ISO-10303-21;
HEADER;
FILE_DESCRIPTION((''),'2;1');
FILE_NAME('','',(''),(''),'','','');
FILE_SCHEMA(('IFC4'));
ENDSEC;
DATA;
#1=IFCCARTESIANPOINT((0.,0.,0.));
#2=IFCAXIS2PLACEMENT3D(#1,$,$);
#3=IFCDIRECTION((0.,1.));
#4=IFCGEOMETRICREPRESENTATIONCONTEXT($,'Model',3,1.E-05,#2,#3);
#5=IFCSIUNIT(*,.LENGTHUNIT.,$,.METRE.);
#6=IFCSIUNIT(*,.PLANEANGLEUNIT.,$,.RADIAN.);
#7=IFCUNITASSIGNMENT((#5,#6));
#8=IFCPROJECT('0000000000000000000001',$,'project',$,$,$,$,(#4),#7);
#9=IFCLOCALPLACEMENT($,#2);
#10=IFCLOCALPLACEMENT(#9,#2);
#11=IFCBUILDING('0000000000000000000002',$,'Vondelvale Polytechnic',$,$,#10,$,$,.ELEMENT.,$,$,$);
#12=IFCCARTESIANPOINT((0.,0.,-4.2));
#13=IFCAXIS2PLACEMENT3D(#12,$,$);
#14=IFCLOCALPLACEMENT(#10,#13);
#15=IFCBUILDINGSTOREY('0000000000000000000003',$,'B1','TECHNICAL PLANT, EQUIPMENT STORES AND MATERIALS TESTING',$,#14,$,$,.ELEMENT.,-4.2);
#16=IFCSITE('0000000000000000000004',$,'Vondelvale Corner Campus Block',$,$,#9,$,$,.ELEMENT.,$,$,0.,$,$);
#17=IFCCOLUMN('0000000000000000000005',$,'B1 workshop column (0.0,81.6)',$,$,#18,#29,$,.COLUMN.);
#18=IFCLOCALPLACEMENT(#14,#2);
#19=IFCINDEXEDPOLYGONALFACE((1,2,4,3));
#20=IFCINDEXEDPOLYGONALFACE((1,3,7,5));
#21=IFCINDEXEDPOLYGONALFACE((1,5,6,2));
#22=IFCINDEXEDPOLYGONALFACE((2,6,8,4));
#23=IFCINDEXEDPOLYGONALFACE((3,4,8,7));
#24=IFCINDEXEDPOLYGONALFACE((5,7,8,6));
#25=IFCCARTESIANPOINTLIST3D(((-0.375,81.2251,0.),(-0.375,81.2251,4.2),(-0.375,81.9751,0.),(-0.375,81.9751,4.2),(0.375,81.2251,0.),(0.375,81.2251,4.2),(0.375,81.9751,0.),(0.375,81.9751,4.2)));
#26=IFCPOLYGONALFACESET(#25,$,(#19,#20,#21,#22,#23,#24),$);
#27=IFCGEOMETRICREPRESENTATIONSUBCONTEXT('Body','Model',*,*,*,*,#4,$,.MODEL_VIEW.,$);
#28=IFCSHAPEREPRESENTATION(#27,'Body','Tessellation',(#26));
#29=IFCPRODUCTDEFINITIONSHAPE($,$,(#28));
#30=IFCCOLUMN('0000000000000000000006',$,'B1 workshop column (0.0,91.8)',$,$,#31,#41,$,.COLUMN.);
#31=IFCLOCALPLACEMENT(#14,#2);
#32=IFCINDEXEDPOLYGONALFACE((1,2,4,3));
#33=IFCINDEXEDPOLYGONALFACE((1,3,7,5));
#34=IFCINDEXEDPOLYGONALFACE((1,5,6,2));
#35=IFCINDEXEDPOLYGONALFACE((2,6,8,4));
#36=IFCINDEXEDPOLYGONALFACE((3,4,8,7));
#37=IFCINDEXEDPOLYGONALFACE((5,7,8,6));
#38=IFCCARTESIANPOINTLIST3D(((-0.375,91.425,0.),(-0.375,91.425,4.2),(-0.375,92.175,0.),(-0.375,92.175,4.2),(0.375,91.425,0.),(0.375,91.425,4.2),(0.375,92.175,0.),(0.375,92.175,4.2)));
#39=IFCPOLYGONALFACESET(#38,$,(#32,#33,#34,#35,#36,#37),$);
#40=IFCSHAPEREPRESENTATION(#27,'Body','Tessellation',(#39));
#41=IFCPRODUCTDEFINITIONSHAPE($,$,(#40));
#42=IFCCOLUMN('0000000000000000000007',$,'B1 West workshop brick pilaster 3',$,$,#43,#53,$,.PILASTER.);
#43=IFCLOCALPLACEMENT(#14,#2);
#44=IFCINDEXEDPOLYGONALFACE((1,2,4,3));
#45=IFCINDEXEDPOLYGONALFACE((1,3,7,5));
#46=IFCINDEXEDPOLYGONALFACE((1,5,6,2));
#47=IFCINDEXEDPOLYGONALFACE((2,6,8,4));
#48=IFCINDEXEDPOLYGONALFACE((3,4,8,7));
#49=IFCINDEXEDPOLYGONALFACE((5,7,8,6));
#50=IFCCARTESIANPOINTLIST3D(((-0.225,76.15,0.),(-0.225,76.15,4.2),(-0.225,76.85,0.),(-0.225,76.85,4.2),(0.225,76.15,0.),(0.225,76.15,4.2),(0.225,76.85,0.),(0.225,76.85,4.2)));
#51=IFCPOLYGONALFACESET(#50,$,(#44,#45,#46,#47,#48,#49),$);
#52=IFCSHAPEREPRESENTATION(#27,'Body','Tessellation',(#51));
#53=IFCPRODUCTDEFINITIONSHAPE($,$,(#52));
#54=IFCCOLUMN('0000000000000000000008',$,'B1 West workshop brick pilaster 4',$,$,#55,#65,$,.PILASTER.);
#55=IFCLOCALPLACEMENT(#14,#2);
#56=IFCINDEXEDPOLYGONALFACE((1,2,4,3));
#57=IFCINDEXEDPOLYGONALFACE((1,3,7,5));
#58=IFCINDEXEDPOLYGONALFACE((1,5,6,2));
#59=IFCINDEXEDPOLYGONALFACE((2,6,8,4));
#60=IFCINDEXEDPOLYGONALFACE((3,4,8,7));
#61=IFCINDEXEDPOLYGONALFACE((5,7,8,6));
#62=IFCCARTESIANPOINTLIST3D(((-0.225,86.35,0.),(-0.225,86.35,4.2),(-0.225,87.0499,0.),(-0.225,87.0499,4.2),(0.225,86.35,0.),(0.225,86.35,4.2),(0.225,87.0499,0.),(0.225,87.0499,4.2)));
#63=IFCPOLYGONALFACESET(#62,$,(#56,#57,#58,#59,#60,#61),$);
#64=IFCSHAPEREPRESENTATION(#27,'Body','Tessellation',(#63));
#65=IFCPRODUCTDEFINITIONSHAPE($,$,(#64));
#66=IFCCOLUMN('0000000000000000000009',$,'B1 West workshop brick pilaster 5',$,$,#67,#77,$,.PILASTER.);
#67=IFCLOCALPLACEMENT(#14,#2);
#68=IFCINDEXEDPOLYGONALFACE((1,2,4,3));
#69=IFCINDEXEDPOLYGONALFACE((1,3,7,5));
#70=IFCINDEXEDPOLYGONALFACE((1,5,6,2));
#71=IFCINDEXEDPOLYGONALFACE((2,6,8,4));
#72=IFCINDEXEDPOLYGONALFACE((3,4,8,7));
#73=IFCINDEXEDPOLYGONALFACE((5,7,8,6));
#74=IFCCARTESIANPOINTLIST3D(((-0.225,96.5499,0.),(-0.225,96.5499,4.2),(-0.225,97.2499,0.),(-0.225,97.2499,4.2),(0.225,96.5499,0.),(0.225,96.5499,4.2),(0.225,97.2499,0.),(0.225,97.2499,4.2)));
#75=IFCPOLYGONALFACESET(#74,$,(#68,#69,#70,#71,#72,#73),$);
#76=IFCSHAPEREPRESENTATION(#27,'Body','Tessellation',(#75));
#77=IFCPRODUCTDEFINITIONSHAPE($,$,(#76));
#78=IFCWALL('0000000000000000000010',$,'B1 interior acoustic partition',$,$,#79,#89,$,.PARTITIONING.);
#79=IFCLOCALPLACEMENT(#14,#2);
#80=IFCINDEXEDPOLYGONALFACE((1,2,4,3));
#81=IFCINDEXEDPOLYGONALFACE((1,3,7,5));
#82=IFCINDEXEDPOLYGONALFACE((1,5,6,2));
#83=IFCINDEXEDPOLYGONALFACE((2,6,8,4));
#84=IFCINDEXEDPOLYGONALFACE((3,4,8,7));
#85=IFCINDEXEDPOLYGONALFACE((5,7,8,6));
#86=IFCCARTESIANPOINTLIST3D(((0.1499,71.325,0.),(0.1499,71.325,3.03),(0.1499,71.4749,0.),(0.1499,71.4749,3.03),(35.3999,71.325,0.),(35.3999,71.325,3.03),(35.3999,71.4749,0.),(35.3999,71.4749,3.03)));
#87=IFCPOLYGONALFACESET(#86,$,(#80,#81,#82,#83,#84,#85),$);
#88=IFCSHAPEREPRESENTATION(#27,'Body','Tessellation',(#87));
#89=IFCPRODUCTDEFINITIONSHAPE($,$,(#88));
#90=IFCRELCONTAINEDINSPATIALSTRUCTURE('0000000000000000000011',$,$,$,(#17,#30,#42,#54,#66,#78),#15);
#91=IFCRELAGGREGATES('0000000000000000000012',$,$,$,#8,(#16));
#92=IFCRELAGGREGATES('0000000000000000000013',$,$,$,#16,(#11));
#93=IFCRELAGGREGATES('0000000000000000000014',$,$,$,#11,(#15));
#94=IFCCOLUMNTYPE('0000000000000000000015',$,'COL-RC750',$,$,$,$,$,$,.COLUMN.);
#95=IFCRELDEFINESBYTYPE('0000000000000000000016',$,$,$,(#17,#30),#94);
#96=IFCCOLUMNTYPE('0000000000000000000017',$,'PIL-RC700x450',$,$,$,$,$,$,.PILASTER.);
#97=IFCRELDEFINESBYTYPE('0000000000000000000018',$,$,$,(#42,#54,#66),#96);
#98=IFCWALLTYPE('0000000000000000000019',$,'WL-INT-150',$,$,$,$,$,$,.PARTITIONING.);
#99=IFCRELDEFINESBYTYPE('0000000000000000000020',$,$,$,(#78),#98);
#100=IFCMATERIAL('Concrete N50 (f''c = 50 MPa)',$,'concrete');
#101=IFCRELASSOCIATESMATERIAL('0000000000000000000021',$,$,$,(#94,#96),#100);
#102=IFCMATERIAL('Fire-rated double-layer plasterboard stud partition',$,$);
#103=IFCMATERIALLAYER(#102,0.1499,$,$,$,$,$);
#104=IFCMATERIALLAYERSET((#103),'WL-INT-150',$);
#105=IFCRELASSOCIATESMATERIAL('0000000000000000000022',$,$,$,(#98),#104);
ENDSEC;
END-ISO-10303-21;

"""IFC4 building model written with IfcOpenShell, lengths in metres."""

from ifc_helpers import new_model, si_unit, direction, frame, frame_2d, origin, origin_2d, place, context, subcontext, project, spatial, rectangle, extrude, material, layer, layer_set, material_profile, profile_set, type_object, element, save


model = new_model("IFC4")

# Units and contexts
model_context = context("Model", 3, precision=1e-05, world=origin(), true_north=direction((0.0, 1.0)))
body_context = subcontext(model_context, "Body", "Model", "MODEL_VIEW")
ifc_project = project(units=[si_unit("LENGTHUNIT", "METRE"), si_unit("PLANEANGLEUNIT", "RADIAN")], contexts=[model_context])

# Site, building, storey
site_placement = place(None, origin())
site = spatial("IfcSite", under=ifc_project, at=site_placement, Name="Vondelvale Corner Campus Block", CompositionType="ELEMENT", RefElevation=0.0)
building_placement = place(site_placement, origin())
building = spatial("IfcBuilding", under=site, at=building_placement, Name="Vondelvale Polytechnic", CompositionType="ELEMENT")
storey_placement = place(building_placement, frame((0.0, 0.0, -4.2)))
storey = spatial("IfcBuildingStorey", under=building, at=storey_placement, Name="B1", Description="TECHNICAL PLANT, EQUIPMENT STORES AND MATERIALS TESTING", CompositionType="ELEMENT", Elevation=-4.2)

# Columns
ifc_material_1 = material(Name="Concrete N50 (f'c = 50 MPa)", Category="concrete")
ifc_material_profile_1 = material_profile(ifc_material_1, rectangle(XDim=0.75, YDim=0.75, at=origin_2d()), Name="RC-COL-750x750")
ifc_profile_set_1 = profile_set([ifc_material_profile_1], Name="Concrete N50 (f'c = 50 MPa)")
column_type_1 = type_object("IfcColumnType", Name="COL-RC750", PredefinedType="COLUMN", material=ifc_profile_set_1)
for number, where, z_axis, x_axis, name in (
    (1, (0.0, 81.6001, 0.0), (0.0, 0.0, 1.0), (1.0, 0.0, 0.0), "B1 workshop column (0.0,81.6)"),
    (2, (0.0, 91.8, 0.0), (0.0, 0.0, 1.0), (1.0, 0.0, 0.0), "B1 workshop column (0.0,91.8)"),
):
    element("IfcColumn", number, at=place(storey_placement, frame(where, z_axis=z_axis, x_axis=x_axis)), inside=storey, type_object=column_type_1, Name=name, PredefinedType="COLUMN", context=body_context, shape_type="SweptSolid", body=[
        extrude(rectangle(XDim=0.75, YDim=0.75, at=origin_2d()), origin(), (0.0, 0.0, 1.0), 4.2),
    ])
ifc_material_profile_2 = material_profile(ifc_material_1, rectangle(XDim=0.45, YDim=0.7, at=origin_2d()), Name="RC-PIL-700x450")
ifc_profile_set_2 = profile_set([ifc_material_profile_2], Name="Concrete N50 (f'c = 50 MPa)")
column_type_2 = type_object("IfcColumnType", Name="PIL-RC700x450", PredefinedType="PILASTER", material=ifc_profile_set_2)
for number, where, z_axis, x_axis, name in (
    (3, (0.0, 76.5, 0.0), (0.0, 0.0, 1.0), (1.0, 0.0, 0.0), "B1 West workshop brick pilaster 3"),
    (4, (0.0, 86.7, 0.0), (0.0, 0.0, 1.0), (1.0, 0.0, 0.0), "B1 West workshop brick pilaster 4"),
    (5, (0.0, 96.8999, 0.0), (0.0, 0.0, 1.0), (1.0, 0.0, 0.0), "B1 West workshop brick pilaster 5"),
):
    element("IfcColumn", number, at=place(storey_placement, frame(where, z_axis=z_axis, x_axis=x_axis)), inside=storey, type_object=column_type_2, Name=name, PredefinedType="PILASTER", context=body_context, shape_type="SweptSolid", body=[
        extrude(rectangle(XDim=0.45, YDim=0.7, at=origin_2d()), origin(), (0.0, 0.0, 1.0), 4.2),
    ])

# Wall
ifc_material_2 = material(Name="Fire-rated double-layer plasterboard stud partition")
ifc_layer = layer(ifc_material_2, 0.1499)
ifc_layer_set = layer_set([ifc_layer], Name="WL-INT-150")
wall_type = type_object("IfcWallType", Name="WL-INT-150", PredefinedType="PARTITIONING", material=ifc_layer_set)
wall_placement = place(storey_placement, frame((0.1499, 71.3999, 0.0), z_axis=(0.0, 0.0, 1.0), x_axis=(1.0, 0.0, 0.0)))
element("IfcWall", 6, at=wall_placement, inside=storey, type_object=wall_type, Name="B1 interior acoustic partition", PredefinedType="PARTITIONING", context=body_context, shape_type="SweptSolid", body=[
    extrude(rectangle(XDim=35.25, YDim=0.1499, at=frame_2d((17.625, 0.0))), origin(), (0.0, 0.0, 1.0), 3.03),
])

save(model, "model.ifc")
